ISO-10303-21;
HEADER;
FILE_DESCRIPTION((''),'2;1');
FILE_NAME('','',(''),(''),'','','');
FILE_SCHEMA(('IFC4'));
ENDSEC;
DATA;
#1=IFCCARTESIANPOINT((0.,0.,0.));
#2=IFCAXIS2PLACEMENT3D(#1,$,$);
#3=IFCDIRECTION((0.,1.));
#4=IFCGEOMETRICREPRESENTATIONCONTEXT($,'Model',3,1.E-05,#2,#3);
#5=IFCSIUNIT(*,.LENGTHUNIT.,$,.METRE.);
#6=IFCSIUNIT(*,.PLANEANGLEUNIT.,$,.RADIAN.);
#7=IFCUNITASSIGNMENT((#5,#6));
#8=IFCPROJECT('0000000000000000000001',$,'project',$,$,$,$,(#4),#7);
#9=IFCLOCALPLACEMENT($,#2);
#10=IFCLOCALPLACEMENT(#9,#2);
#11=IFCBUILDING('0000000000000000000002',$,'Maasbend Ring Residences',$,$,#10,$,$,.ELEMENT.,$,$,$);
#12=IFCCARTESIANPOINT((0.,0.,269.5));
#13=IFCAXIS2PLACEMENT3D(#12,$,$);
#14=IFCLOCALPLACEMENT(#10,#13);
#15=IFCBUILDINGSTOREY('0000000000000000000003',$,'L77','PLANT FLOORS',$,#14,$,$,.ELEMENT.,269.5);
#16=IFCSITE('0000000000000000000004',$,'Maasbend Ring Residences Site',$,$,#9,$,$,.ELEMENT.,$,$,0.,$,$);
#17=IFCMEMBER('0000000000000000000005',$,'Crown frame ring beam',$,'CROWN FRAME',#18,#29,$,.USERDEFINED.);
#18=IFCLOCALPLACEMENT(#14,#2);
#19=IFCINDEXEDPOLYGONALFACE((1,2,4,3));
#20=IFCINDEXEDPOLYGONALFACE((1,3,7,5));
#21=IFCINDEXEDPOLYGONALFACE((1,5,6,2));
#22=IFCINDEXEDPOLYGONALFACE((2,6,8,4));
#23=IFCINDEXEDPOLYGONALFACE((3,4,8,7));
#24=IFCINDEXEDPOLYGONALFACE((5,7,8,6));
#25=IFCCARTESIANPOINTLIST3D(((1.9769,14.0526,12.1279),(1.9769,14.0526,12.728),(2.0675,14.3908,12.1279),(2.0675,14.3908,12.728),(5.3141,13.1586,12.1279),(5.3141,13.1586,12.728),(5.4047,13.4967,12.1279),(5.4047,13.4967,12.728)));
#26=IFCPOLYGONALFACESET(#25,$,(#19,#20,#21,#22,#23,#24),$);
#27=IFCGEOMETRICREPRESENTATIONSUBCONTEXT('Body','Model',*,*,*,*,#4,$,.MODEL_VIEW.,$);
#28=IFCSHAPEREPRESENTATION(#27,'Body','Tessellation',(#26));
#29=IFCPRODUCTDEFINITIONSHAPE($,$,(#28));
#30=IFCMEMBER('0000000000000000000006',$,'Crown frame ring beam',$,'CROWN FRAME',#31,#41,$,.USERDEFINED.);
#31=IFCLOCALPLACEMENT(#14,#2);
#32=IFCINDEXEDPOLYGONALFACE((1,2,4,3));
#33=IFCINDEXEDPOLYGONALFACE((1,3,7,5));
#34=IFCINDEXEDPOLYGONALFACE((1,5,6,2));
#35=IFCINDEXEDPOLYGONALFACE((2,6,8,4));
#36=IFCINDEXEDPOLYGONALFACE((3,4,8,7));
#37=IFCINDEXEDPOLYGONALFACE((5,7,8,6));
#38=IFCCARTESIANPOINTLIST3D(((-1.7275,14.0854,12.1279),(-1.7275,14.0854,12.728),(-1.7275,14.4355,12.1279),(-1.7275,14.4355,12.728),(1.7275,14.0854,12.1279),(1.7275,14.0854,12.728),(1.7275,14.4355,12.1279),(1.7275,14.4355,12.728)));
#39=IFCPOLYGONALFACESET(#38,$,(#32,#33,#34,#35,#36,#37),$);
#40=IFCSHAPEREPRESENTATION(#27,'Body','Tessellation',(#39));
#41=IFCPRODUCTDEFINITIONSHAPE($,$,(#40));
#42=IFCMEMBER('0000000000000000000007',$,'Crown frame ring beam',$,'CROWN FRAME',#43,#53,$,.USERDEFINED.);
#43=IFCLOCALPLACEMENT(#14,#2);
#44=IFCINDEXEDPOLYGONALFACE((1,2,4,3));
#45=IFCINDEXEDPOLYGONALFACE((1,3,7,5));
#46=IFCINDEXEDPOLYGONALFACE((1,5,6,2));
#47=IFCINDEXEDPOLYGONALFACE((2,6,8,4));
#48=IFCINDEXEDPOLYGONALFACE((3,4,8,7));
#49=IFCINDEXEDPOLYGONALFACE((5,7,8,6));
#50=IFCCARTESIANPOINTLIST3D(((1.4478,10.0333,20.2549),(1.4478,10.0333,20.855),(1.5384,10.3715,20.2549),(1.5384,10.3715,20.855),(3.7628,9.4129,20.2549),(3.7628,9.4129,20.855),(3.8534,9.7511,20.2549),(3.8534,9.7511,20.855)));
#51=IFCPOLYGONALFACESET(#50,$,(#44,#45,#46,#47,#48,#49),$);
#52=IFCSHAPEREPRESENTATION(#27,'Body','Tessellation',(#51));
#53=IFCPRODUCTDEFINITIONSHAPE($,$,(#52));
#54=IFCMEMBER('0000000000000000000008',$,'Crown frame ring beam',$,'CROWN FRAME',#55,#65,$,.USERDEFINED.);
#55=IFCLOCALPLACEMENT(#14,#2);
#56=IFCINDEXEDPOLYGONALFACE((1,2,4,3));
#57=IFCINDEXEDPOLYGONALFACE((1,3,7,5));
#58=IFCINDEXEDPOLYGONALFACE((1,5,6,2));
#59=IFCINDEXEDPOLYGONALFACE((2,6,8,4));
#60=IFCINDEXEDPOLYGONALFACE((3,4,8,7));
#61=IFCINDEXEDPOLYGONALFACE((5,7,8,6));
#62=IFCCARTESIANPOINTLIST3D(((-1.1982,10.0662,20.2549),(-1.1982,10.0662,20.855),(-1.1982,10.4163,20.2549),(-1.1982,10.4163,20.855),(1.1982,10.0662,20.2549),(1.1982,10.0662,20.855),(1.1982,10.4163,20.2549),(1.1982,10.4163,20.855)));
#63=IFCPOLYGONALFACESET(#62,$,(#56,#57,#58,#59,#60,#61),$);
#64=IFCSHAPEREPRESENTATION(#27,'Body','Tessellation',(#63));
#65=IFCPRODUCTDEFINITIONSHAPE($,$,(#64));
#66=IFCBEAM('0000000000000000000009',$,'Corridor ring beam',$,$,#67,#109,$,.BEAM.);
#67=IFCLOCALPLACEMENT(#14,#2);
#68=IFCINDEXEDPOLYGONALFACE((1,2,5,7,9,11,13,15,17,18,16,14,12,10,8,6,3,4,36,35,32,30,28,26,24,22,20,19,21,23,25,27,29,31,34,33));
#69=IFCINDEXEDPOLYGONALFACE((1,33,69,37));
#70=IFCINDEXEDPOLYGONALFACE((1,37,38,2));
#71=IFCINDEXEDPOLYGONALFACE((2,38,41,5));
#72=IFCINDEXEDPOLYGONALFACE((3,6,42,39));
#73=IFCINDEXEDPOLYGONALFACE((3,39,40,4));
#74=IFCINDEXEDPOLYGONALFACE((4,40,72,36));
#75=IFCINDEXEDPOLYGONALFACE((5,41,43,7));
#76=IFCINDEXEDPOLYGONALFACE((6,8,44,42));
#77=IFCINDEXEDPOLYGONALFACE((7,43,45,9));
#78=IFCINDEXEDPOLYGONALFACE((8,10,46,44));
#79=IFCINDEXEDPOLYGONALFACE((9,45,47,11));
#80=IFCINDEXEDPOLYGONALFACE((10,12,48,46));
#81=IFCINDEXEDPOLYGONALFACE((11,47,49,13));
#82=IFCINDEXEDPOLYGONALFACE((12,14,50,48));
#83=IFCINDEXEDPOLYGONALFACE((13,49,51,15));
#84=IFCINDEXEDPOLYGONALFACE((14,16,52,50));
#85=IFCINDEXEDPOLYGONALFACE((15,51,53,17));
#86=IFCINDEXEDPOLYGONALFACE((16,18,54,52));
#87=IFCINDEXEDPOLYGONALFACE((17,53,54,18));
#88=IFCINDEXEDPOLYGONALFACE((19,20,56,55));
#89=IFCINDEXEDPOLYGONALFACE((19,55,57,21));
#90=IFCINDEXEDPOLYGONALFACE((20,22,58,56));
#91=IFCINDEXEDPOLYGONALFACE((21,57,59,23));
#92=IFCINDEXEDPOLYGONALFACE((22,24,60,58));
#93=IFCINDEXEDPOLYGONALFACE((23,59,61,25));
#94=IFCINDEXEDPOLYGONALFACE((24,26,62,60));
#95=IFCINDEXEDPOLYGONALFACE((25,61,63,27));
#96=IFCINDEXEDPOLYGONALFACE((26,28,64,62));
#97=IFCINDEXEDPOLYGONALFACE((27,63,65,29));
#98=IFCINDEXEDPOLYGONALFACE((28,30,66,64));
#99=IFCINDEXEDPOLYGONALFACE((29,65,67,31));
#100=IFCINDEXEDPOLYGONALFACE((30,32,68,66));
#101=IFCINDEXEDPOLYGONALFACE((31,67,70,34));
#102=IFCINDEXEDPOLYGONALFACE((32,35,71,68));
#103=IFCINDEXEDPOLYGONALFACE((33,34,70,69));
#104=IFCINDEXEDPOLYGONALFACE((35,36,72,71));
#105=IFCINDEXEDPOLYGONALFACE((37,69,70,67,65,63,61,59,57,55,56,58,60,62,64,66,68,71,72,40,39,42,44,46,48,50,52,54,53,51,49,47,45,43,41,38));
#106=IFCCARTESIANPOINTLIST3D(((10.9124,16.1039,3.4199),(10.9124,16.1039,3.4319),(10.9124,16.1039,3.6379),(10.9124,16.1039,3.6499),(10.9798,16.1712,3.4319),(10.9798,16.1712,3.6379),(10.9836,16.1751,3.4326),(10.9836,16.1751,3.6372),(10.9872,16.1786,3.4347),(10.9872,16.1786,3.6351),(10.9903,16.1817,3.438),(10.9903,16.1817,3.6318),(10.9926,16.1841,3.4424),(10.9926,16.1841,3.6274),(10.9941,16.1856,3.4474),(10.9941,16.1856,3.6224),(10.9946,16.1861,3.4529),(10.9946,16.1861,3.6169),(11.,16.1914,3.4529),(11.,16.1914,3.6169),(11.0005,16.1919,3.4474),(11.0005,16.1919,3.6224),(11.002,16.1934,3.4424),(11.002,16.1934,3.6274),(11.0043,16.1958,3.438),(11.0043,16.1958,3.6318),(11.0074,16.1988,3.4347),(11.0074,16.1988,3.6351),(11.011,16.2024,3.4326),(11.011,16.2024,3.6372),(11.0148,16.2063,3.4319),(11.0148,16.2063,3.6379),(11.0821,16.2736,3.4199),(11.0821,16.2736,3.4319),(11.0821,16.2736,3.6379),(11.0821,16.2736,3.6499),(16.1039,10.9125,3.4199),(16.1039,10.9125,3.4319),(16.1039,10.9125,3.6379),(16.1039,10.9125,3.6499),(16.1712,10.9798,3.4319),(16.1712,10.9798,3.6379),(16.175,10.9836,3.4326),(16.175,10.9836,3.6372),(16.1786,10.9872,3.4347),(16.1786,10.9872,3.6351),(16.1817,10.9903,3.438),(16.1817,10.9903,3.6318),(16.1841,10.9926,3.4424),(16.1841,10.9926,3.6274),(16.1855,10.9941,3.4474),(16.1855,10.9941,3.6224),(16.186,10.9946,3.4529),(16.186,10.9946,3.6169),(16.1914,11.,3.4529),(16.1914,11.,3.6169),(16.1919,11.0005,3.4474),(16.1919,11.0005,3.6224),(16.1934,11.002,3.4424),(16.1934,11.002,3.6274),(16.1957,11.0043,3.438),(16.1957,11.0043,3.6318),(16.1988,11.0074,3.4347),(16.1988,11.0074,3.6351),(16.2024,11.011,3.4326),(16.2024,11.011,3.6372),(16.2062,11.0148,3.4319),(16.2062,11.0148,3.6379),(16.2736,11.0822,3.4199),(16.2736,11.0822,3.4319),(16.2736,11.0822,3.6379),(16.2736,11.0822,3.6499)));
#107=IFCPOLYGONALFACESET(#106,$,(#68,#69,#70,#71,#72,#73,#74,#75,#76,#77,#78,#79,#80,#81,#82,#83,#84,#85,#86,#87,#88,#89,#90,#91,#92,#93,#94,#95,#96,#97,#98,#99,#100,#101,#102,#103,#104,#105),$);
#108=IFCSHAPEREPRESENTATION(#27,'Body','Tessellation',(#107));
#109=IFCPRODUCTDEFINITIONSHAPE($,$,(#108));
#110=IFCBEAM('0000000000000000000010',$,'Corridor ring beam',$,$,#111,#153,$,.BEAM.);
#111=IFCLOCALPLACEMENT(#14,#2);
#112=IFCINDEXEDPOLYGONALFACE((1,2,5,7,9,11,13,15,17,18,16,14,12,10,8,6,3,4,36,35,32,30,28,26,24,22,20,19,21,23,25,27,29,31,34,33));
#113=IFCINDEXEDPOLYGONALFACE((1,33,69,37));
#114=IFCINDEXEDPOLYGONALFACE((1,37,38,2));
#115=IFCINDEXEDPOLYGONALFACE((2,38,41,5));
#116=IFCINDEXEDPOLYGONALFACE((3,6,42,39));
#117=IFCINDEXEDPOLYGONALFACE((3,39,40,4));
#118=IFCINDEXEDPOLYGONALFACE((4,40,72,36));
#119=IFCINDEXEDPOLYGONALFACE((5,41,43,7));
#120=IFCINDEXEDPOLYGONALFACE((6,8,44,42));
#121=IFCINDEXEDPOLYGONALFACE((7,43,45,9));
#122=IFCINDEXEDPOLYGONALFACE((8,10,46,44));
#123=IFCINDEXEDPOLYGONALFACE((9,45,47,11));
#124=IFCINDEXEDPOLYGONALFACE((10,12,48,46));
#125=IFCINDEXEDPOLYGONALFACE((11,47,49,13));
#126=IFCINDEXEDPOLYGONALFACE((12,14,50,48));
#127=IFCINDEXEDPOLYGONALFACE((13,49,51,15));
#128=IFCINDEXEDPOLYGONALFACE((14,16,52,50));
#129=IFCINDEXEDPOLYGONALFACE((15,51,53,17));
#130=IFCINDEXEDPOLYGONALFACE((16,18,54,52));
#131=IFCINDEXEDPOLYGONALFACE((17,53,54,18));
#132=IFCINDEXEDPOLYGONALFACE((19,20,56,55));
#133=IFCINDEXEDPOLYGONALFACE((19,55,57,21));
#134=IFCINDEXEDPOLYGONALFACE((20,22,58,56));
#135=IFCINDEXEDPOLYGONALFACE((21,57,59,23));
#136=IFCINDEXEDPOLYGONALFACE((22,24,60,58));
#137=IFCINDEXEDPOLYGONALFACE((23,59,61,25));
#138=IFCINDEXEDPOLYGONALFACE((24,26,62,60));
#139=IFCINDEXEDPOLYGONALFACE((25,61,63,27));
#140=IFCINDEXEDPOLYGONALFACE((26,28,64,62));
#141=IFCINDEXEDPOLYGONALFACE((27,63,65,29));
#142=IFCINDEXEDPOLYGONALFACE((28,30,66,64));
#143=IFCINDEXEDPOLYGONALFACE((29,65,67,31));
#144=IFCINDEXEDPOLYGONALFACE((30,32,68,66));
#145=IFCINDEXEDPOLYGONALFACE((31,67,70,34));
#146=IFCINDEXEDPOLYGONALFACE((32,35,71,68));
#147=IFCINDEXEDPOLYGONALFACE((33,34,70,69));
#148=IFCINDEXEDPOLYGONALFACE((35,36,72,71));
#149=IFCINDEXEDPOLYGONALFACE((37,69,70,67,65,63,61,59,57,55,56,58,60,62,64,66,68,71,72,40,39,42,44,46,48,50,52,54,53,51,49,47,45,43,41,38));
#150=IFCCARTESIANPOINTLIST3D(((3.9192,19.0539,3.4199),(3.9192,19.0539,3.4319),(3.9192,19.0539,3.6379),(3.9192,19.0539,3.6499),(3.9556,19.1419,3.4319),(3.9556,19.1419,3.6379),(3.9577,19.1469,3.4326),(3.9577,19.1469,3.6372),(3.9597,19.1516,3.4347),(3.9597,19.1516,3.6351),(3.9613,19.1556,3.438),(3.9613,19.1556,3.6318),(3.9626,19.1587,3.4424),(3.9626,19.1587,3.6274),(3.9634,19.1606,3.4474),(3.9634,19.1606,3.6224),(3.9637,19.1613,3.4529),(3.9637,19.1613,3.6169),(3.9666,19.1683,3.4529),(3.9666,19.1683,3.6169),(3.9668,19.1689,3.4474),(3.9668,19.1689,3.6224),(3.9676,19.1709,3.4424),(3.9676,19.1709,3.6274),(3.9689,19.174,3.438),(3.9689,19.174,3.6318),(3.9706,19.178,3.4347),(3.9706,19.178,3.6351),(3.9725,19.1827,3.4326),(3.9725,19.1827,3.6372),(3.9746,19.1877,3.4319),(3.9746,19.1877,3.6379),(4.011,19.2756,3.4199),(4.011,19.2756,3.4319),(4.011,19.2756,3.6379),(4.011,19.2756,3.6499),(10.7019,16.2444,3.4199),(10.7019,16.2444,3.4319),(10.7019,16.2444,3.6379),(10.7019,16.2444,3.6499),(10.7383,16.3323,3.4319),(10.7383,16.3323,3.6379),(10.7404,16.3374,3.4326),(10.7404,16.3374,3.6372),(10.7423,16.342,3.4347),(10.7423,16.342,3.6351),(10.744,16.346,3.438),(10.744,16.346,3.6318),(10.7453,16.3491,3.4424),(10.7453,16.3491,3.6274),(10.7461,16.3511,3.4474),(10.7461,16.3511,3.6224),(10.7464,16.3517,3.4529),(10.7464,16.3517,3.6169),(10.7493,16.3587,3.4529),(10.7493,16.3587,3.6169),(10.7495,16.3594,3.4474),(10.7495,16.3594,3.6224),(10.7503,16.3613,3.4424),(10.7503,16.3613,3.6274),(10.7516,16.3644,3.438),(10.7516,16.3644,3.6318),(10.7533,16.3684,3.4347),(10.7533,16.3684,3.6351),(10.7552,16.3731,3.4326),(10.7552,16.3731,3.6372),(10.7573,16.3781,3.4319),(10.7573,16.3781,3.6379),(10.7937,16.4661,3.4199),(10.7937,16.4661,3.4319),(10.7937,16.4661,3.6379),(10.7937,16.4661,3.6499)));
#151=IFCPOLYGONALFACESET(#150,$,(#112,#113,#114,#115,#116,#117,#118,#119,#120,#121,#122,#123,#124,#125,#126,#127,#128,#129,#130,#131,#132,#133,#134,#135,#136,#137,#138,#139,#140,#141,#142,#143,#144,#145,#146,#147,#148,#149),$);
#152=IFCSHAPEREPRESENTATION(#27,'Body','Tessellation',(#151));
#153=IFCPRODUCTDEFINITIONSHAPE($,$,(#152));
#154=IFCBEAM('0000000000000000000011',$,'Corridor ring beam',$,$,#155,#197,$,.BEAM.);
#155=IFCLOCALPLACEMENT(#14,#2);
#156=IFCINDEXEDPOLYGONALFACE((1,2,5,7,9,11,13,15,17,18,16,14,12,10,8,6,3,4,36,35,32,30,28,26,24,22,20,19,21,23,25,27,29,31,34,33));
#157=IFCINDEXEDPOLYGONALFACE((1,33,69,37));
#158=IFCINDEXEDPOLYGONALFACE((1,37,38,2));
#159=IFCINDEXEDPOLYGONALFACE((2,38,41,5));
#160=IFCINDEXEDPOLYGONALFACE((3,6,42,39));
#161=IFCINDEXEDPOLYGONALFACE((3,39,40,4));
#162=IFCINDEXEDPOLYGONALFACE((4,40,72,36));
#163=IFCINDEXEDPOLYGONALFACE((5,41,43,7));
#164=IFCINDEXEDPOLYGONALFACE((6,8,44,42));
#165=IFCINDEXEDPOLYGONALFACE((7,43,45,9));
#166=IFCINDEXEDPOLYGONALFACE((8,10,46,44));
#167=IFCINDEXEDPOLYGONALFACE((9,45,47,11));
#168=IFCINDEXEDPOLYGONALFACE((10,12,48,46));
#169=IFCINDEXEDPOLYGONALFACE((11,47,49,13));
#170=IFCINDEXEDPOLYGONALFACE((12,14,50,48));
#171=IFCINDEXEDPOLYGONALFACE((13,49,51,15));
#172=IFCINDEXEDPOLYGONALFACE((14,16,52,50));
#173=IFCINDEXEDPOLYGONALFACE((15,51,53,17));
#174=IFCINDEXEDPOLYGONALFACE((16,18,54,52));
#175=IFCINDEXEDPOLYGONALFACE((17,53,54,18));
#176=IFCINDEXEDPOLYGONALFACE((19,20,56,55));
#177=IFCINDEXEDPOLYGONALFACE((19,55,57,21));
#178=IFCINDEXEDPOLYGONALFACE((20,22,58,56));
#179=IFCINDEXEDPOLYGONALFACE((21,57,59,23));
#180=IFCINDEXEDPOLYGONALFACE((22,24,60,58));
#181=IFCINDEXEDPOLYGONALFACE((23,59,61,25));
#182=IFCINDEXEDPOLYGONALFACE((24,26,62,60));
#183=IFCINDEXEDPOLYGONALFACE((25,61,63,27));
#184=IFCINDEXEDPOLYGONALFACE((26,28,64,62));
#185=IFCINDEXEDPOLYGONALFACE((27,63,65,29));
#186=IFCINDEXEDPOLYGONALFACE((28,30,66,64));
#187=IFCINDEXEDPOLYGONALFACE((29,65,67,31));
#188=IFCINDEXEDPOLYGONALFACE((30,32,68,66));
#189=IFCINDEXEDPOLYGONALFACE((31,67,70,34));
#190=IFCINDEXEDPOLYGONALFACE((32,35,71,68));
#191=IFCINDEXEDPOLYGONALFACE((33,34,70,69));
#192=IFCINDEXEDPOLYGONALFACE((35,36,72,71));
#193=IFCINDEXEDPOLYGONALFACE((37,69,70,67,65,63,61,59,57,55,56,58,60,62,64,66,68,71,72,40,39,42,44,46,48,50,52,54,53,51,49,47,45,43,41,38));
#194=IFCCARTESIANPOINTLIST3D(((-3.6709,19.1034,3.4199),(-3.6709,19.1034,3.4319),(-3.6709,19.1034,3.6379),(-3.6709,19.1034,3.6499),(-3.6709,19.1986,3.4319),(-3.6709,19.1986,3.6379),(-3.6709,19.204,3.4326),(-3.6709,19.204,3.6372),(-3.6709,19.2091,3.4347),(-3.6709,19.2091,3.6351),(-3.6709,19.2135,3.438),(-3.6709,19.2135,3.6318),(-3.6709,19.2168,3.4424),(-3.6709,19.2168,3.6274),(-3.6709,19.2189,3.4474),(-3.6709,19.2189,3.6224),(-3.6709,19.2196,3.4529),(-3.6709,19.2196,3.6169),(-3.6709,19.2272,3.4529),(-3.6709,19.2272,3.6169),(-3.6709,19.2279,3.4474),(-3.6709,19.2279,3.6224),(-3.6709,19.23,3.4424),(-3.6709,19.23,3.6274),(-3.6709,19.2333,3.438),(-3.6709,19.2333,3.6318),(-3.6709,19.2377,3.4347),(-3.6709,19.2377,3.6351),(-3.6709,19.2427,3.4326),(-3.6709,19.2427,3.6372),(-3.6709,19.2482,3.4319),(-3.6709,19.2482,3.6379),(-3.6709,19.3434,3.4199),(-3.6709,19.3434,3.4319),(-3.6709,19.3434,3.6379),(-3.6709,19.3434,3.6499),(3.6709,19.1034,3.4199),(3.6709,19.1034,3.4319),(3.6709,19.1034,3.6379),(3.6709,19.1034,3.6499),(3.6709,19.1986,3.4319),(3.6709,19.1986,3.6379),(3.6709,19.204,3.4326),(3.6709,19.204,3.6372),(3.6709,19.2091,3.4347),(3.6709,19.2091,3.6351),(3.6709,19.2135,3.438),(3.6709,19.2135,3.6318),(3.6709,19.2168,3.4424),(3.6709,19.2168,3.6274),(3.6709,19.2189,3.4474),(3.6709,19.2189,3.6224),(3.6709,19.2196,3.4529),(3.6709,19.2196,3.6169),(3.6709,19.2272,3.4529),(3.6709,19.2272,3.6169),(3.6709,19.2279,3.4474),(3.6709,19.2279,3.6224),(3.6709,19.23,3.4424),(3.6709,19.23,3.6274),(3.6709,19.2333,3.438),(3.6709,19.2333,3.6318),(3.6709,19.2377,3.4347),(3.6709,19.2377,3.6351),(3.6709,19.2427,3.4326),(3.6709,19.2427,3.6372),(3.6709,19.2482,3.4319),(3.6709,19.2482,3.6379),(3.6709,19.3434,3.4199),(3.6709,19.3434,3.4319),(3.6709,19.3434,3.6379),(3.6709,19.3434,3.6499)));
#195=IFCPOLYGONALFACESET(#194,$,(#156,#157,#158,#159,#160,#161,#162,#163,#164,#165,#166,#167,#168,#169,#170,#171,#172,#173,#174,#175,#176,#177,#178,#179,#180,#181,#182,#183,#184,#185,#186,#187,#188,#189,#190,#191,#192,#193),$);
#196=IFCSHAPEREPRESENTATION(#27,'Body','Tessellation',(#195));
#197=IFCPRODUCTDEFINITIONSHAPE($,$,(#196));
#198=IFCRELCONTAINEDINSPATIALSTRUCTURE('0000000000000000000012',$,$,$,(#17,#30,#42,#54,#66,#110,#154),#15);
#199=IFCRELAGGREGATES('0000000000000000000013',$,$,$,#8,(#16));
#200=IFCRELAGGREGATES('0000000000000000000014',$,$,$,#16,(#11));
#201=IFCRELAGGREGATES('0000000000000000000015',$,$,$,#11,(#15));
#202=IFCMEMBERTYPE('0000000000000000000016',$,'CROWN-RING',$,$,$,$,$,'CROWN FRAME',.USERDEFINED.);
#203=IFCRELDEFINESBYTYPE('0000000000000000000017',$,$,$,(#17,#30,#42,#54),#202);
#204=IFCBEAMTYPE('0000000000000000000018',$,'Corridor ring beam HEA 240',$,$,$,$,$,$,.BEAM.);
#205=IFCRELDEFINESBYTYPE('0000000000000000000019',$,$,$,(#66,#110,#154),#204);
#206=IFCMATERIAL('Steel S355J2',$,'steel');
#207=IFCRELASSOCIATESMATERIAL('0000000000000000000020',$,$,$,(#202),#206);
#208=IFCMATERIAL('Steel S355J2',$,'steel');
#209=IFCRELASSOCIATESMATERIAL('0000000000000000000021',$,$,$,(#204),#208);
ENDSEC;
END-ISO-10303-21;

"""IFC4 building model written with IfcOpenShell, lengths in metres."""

from ifc_helpers import new_model, si_unit, direction, frame, origin, origin_2d, place, context, subcontext, project, spatial, rectangle, i_section, extrude, material, material_profile, profile_set, type_object, element, save


model = new_model("IFC4")

# Units and contexts
model_context = context("Model", 3, precision=1e-05, world=origin(), true_north=direction((0.0, 1.0)))
body_context = subcontext(model_context, "Body", "Model", "MODEL_VIEW")
ifc_project = project(units=[si_unit("LENGTHUNIT", "METRE"), si_unit("PLANEANGLEUNIT", "RADIAN")], contexts=[model_context])

# Site, building, storey
site_placement = place(None, origin())
site = spatial("IfcSite", under=ifc_project, at=site_placement, Name="Maasbend Ring Residences Site", CompositionType="ELEMENT", RefElevation=0.0)
building_placement = place(site_placement, origin())
building = spatial("IfcBuilding", under=site, at=building_placement, Name="Maasbend Ring Residences", CompositionType="ELEMENT")
storey_placement = place(building_placement, frame((0.0, 0.0, 269.5)))
storey = spatial("IfcBuildingStorey", under=building, at=storey_placement, Name="L77", Description="PLANT FLOORS", CompositionType="ELEMENT", Elevation=269.5)

# Members
ifc_material_1 = material(Name="Steel S355J2", Category="steel")
ifc_material_profile_1 = material_profile(ifc_material_1, rectangle(XDim=0.3501, YDim=0.6001, at=origin_2d()), Name="Box 350x600x16")
ifc_profile_set_1 = profile_set([ifc_material_profile_1], Name="Steel S355J2")
member_type_1 = type_object("IfcMemberType", Name="CROWN-RING", ElementType="CROWN FRAME", PredefinedType="USERDEFINED", material=ifc_profile_set_1)
for number, where, z_axis, x_axis, name in (
    (1, (5.3594, 13.3276, 12.428), (-0.965936, 0.25878, 0.0), (-0.25878, -0.965936, 0.0), "Crown frame ring beam"),
):
    element("IfcMember", number, at=place(storey_placement, frame(where, z_axis=z_axis, x_axis=x_axis)), inside=storey, type_object=member_type_1, Name=name, ObjectType="CROWN FRAME", PredefinedType="USERDEFINED", context=body_context, shape_type="SweptSolid", body=[
        extrude(rectangle(XDim=0.3501, YDim=0.6001, at=origin_2d()), origin(), (0.0, 0.0, 1.0), 3.4548),
    ])
member_1_placement = place(storey_placement, frame((1.7275, 14.2605, 12.428), z_axis=(-1.0, 0.0, 0.0), x_axis=(0.0, -1.0, 0.0)))
element("IfcMember", 2, at=member_1_placement, inside=storey, type_object=member_type_1, Name="Crown frame ring beam", ObjectType="CROWN FRAME", PredefinedType="USERDEFINED", context=body_context, shape_type="SweptSolid", body=[
    extrude(rectangle(XDim=0.3501, YDim=0.6001, at=origin_2d()), origin(), (0.0, 0.0, 1.0), 3.4551),
])
member_2_placement = place(storey_placement, frame((3.8081, 9.582, 20.5549), z_axis=(-0.965918, 0.258848, 0.0), x_axis=(-0.258848, -0.965918, 0.0)))
element("IfcMember", 3, at=member_2_placement, inside=storey, type_object=member_type_1, Name="Crown frame ring beam", ObjectType="CROWN FRAME", PredefinedType="USERDEFINED", context=body_context, shape_type="SweptSolid", body=[
    extrude(rectangle(XDim=0.3501, YDim=0.6001, at=origin_2d()), origin(), (0.0, 0.0, 1.0), 2.3967),
])
member_3_placement = place(storey_placement, frame((1.1982, 10.2412, 20.5549), z_axis=(-1.0, 0.0, 0.0), x_axis=(0.0, -1.0, 0.0)))
element("IfcMember", 4, at=member_3_placement, inside=storey, type_object=member_type_1, Name="Crown frame ring beam", ObjectType="CROWN FRAME", PredefinedType="USERDEFINED", context=body_context, shape_type="SweptSolid", body=[
    extrude(rectangle(XDim=0.3501, YDim=0.6001, at=origin_2d()), origin(), (0.0, 0.0, 1.0), 2.3965),
])

# Beams
ifc_material_2 = material(Name="Steel S355J2", Category="steel")
ifc_material_profile_2 = material_profile(ifc_material_2, i_section(OverallWidth=0.24, OverallDepth=0.23, WebThickness=0.0076, FlangeThickness=0.012, FilletRadius=0.021, at=origin_2d()), Name="HEA 240")
ifc_profile_set_2 = profile_set([ifc_material_profile_2], Name="Steel S355J2")
beam_type = type_object("IfcBeamType", Name="Corridor ring beam HEA 240", PredefinedType="BEAM", material=ifc_profile_set_2)
beam_1_placement = place(storey_placement, frame((16.1887, 10.9973, 3.5349), z_axis=(-0.707107, 0.707107, 0.0), x_axis=(-0.707107, -0.707107, 0.0)))
element("IfcBeam", 5, at=beam_1_placement, inside=storey, type_object=beam_type, Name="Corridor ring beam", PredefinedType="BEAM", context=body_context, shape_type="SweptSolid", body=[
    extrude(i_section(OverallWidth=0.24, OverallDepth=0.23, WebThickness=0.0076, FlangeThickness=0.012, FilletRadius=0.021, at=origin_2d()), origin(), (0.0, 0.0, 1.0), 7.3418),
])
beam_2_placement = place(storey_placement, frame((10.7478, 16.3552, 3.5349), z_axis=(-0.923876, 0.382692, 0.0), x_axis=(-0.382692, -0.923876, 0.0)))
element("IfcBeam", 6, at=beam_2_placement, inside=storey, type_object=beam_type, Name="Corridor ring beam", PredefinedType="BEAM", context=body_context, shape_type="SweptSolid", body=[
    extrude(i_section(OverallWidth=0.24, OverallDepth=0.23, WebThickness=0.0076, FlangeThickness=0.012, FilletRadius=0.021, at=origin_2d()), origin(), (0.0, 0.0, 1.0), 7.3416),
])
beam_3_placement = place(storey_placement, frame((3.6709, 19.2234, 3.5349), z_axis=(-1.0, 0.0, 0.0), x_axis=(0.0, -1.0, 0.0)))
element("IfcBeam", 7, at=beam_3_placement, inside=storey, type_object=beam_type, Name="Corridor ring beam", PredefinedType="BEAM", context=body_context, shape_type="SweptSolid", body=[
    extrude(i_section(OverallWidth=0.24, OverallDepth=0.23, WebThickness=0.0076, FlangeThickness=0.012, FilletRadius=0.021, at=origin_2d()), origin(), (0.0, 0.0, 1.0), 7.3418),
])

save(model, "model.ifc")
